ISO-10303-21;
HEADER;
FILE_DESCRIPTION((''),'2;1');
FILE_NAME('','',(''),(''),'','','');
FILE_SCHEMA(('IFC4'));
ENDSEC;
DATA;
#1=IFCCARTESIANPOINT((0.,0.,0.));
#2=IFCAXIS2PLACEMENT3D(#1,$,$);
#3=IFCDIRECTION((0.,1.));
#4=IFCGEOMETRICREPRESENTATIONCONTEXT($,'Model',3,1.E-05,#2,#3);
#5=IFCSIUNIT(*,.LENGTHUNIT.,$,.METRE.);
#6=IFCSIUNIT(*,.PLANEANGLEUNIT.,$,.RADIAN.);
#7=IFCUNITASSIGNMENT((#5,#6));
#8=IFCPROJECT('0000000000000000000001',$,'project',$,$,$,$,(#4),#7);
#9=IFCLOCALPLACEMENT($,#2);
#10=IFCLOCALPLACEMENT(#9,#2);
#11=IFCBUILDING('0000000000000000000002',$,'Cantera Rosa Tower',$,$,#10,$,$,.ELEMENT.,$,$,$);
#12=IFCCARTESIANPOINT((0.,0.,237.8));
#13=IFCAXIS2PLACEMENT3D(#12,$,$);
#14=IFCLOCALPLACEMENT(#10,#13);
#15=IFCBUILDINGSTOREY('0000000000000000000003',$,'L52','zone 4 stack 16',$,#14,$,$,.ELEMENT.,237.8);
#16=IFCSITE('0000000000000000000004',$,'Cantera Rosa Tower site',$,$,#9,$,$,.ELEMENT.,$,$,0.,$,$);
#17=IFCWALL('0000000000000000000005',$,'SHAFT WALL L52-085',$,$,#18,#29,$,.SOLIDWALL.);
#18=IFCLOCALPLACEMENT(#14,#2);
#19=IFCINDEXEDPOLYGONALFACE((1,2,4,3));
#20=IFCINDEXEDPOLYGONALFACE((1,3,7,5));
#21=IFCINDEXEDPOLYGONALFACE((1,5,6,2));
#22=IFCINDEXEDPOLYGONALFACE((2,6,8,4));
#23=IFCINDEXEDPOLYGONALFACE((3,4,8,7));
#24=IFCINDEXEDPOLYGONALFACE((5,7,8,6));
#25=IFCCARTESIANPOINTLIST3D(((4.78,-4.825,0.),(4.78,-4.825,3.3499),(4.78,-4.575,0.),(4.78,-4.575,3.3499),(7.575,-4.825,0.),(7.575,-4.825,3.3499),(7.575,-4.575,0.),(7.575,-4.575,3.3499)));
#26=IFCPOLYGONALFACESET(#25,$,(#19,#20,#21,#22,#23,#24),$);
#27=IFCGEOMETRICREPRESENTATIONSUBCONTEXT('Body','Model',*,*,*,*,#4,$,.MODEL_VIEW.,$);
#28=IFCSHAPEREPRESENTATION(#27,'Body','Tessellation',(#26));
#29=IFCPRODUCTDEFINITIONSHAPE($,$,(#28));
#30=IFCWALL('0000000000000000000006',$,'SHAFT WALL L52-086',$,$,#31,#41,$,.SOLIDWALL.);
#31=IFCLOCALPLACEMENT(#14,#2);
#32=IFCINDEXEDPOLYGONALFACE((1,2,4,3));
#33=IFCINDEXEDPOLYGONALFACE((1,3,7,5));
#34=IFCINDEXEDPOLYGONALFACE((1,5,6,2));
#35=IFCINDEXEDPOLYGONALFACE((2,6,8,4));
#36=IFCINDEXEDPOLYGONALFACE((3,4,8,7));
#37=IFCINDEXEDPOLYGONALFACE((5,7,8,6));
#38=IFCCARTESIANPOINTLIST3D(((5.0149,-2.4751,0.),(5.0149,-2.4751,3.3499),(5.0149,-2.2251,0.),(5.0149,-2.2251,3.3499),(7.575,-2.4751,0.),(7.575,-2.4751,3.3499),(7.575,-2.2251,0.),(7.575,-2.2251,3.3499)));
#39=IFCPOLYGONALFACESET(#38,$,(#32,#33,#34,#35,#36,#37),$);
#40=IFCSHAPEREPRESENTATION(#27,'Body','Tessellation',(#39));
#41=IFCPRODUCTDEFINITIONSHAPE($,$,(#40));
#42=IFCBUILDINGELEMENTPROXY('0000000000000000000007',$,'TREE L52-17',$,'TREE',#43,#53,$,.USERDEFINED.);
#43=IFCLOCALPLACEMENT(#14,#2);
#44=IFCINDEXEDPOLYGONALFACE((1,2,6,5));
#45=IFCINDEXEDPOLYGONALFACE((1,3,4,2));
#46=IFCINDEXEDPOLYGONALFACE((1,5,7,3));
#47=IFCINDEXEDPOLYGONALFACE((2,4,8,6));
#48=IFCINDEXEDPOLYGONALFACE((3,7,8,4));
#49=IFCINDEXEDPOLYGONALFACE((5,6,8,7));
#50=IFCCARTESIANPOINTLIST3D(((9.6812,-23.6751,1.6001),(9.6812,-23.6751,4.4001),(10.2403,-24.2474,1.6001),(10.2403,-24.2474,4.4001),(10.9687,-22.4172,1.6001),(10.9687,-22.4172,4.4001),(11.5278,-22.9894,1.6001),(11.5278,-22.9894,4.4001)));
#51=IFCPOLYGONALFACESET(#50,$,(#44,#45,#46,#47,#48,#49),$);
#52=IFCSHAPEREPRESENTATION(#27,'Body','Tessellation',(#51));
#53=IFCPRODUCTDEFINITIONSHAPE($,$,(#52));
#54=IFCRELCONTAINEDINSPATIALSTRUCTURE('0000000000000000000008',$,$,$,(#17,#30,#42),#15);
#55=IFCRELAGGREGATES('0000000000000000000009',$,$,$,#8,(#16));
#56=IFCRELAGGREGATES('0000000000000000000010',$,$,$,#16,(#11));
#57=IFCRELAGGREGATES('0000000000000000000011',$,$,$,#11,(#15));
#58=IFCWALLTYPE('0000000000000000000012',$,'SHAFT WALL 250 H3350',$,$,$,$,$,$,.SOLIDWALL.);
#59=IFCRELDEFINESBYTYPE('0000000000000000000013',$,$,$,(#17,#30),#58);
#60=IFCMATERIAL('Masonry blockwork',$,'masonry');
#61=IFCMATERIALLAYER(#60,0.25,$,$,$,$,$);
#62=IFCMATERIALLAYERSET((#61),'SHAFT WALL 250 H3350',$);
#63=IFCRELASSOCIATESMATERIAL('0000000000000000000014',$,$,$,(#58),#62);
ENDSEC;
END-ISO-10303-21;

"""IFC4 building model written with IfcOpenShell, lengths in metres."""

from ifc_helpers import new_model, si_unit, direction, frame, frame_2d, origin, origin_2d, place, context, subcontext, project, spatial, rectangle, extrude, material, layer, layer_set, type_object, element, save


model = new_model("IFC4")

# Units and contexts
model_context = context("Model", 3, precision=1e-05, world=origin(), true_north=direction((0.0, 1.0)))
body_context = subcontext(model_context, "Body", "Model", "MODEL_VIEW")
ifc_project = project(units=[si_unit("LENGTHUNIT", "METRE"), si_unit("PLANEANGLEUNIT", "RADIAN")], contexts=[model_context])

# Site, building, storey
site_placement = place(None, origin())
site = spatial("IfcSite", under=ifc_project, at=site_placement, Name="Cantera Rosa Tower site", CompositionType="ELEMENT", RefElevation=0.0)
building_placement = place(site_placement, origin())
building = spatial("IfcBuilding", under=site, at=building_placement, Name="Cantera Rosa Tower", CompositionType="ELEMENT")
storey_placement = place(building_placement, frame((0.0, 0.0, 237.8)))
storey = spatial("IfcBuildingStorey", under=building, at=storey_placement, Name="L52", Description="zone 4 stack 16", CompositionType="ELEMENT", Elevation=237.8)

# Shared definitions
ifc_material_1 = material(Name="Masonry blockwork", Category="masonry")
ifc_layer_1 = layer(ifc_material_1, 0.25)
ifc_layer_set_1 = layer_set([ifc_layer_1], Name="SHAFT WALL 250 H3350")
wall_type_1 = type_object("IfcWallType", Name="SHAFT WALL 250 H3350", PredefinedType="SOLIDWALL", material=ifc_layer_set_1)

# Walls
wall_1_placement = place(storey_placement, frame((7.575, -4.7, 0.0), z_axis=(0.0, 0.0, 1.0), x_axis=(-1.0, 0.0, 0.0)))
element("IfcWall", 1, at=wall_1_placement, inside=storey, type_object=wall_type_1, Name="SHAFT WALL L52-085", PredefinedType="SOLIDWALL", context=body_context, shape_type="SweptSolid", body=[
    extrude(rectangle(XDim=2.7949, YDim=0.25, at=frame_2d((1.3975, 0.0))), origin(), (0.0, 0.0, 1.0), 3.3499),
])
wall_2_placement = place(storey_placement, frame((7.575, -2.3501, 0.0), z_axis=(0.0, 0.0, 1.0), x_axis=(-1.0, 0.0, 0.0)))
element("IfcWall", 2, at=wall_2_placement, inside=storey, type_object=wall_type_1, Name="SHAFT WALL L52-086", PredefinedType="SOLIDWALL", context=body_context, shape_type="SweptSolid", body=[
    extrude(rectangle(XDim=2.5601, YDim=0.25, at=frame_2d((1.28, 0.0))), origin(), (0.0, 0.0, 1.0), 3.3499),
])

# Building element proxy
proxy_placement = place(storey_placement, frame((10.6045, -23.3323, 1.6001), z_axis=(0.0, 0.0, 1.0), x_axis=(0.715286, 0.698832, 0.0)))
element("IfcBuildingElementProxy", 3, at=proxy_placement, inside=storey, Name="TREE L52-17", ObjectType="TREE", PredefinedType="USERDEFINED", context=body_context, shape_type="SweptSolid", body=[
    extrude(rectangle(XDim=1.8, YDim=0.8, at=origin_2d()), origin(), (0.0, 0.0, 1.0), 2.8),
])

save(model, "model.ifc")
